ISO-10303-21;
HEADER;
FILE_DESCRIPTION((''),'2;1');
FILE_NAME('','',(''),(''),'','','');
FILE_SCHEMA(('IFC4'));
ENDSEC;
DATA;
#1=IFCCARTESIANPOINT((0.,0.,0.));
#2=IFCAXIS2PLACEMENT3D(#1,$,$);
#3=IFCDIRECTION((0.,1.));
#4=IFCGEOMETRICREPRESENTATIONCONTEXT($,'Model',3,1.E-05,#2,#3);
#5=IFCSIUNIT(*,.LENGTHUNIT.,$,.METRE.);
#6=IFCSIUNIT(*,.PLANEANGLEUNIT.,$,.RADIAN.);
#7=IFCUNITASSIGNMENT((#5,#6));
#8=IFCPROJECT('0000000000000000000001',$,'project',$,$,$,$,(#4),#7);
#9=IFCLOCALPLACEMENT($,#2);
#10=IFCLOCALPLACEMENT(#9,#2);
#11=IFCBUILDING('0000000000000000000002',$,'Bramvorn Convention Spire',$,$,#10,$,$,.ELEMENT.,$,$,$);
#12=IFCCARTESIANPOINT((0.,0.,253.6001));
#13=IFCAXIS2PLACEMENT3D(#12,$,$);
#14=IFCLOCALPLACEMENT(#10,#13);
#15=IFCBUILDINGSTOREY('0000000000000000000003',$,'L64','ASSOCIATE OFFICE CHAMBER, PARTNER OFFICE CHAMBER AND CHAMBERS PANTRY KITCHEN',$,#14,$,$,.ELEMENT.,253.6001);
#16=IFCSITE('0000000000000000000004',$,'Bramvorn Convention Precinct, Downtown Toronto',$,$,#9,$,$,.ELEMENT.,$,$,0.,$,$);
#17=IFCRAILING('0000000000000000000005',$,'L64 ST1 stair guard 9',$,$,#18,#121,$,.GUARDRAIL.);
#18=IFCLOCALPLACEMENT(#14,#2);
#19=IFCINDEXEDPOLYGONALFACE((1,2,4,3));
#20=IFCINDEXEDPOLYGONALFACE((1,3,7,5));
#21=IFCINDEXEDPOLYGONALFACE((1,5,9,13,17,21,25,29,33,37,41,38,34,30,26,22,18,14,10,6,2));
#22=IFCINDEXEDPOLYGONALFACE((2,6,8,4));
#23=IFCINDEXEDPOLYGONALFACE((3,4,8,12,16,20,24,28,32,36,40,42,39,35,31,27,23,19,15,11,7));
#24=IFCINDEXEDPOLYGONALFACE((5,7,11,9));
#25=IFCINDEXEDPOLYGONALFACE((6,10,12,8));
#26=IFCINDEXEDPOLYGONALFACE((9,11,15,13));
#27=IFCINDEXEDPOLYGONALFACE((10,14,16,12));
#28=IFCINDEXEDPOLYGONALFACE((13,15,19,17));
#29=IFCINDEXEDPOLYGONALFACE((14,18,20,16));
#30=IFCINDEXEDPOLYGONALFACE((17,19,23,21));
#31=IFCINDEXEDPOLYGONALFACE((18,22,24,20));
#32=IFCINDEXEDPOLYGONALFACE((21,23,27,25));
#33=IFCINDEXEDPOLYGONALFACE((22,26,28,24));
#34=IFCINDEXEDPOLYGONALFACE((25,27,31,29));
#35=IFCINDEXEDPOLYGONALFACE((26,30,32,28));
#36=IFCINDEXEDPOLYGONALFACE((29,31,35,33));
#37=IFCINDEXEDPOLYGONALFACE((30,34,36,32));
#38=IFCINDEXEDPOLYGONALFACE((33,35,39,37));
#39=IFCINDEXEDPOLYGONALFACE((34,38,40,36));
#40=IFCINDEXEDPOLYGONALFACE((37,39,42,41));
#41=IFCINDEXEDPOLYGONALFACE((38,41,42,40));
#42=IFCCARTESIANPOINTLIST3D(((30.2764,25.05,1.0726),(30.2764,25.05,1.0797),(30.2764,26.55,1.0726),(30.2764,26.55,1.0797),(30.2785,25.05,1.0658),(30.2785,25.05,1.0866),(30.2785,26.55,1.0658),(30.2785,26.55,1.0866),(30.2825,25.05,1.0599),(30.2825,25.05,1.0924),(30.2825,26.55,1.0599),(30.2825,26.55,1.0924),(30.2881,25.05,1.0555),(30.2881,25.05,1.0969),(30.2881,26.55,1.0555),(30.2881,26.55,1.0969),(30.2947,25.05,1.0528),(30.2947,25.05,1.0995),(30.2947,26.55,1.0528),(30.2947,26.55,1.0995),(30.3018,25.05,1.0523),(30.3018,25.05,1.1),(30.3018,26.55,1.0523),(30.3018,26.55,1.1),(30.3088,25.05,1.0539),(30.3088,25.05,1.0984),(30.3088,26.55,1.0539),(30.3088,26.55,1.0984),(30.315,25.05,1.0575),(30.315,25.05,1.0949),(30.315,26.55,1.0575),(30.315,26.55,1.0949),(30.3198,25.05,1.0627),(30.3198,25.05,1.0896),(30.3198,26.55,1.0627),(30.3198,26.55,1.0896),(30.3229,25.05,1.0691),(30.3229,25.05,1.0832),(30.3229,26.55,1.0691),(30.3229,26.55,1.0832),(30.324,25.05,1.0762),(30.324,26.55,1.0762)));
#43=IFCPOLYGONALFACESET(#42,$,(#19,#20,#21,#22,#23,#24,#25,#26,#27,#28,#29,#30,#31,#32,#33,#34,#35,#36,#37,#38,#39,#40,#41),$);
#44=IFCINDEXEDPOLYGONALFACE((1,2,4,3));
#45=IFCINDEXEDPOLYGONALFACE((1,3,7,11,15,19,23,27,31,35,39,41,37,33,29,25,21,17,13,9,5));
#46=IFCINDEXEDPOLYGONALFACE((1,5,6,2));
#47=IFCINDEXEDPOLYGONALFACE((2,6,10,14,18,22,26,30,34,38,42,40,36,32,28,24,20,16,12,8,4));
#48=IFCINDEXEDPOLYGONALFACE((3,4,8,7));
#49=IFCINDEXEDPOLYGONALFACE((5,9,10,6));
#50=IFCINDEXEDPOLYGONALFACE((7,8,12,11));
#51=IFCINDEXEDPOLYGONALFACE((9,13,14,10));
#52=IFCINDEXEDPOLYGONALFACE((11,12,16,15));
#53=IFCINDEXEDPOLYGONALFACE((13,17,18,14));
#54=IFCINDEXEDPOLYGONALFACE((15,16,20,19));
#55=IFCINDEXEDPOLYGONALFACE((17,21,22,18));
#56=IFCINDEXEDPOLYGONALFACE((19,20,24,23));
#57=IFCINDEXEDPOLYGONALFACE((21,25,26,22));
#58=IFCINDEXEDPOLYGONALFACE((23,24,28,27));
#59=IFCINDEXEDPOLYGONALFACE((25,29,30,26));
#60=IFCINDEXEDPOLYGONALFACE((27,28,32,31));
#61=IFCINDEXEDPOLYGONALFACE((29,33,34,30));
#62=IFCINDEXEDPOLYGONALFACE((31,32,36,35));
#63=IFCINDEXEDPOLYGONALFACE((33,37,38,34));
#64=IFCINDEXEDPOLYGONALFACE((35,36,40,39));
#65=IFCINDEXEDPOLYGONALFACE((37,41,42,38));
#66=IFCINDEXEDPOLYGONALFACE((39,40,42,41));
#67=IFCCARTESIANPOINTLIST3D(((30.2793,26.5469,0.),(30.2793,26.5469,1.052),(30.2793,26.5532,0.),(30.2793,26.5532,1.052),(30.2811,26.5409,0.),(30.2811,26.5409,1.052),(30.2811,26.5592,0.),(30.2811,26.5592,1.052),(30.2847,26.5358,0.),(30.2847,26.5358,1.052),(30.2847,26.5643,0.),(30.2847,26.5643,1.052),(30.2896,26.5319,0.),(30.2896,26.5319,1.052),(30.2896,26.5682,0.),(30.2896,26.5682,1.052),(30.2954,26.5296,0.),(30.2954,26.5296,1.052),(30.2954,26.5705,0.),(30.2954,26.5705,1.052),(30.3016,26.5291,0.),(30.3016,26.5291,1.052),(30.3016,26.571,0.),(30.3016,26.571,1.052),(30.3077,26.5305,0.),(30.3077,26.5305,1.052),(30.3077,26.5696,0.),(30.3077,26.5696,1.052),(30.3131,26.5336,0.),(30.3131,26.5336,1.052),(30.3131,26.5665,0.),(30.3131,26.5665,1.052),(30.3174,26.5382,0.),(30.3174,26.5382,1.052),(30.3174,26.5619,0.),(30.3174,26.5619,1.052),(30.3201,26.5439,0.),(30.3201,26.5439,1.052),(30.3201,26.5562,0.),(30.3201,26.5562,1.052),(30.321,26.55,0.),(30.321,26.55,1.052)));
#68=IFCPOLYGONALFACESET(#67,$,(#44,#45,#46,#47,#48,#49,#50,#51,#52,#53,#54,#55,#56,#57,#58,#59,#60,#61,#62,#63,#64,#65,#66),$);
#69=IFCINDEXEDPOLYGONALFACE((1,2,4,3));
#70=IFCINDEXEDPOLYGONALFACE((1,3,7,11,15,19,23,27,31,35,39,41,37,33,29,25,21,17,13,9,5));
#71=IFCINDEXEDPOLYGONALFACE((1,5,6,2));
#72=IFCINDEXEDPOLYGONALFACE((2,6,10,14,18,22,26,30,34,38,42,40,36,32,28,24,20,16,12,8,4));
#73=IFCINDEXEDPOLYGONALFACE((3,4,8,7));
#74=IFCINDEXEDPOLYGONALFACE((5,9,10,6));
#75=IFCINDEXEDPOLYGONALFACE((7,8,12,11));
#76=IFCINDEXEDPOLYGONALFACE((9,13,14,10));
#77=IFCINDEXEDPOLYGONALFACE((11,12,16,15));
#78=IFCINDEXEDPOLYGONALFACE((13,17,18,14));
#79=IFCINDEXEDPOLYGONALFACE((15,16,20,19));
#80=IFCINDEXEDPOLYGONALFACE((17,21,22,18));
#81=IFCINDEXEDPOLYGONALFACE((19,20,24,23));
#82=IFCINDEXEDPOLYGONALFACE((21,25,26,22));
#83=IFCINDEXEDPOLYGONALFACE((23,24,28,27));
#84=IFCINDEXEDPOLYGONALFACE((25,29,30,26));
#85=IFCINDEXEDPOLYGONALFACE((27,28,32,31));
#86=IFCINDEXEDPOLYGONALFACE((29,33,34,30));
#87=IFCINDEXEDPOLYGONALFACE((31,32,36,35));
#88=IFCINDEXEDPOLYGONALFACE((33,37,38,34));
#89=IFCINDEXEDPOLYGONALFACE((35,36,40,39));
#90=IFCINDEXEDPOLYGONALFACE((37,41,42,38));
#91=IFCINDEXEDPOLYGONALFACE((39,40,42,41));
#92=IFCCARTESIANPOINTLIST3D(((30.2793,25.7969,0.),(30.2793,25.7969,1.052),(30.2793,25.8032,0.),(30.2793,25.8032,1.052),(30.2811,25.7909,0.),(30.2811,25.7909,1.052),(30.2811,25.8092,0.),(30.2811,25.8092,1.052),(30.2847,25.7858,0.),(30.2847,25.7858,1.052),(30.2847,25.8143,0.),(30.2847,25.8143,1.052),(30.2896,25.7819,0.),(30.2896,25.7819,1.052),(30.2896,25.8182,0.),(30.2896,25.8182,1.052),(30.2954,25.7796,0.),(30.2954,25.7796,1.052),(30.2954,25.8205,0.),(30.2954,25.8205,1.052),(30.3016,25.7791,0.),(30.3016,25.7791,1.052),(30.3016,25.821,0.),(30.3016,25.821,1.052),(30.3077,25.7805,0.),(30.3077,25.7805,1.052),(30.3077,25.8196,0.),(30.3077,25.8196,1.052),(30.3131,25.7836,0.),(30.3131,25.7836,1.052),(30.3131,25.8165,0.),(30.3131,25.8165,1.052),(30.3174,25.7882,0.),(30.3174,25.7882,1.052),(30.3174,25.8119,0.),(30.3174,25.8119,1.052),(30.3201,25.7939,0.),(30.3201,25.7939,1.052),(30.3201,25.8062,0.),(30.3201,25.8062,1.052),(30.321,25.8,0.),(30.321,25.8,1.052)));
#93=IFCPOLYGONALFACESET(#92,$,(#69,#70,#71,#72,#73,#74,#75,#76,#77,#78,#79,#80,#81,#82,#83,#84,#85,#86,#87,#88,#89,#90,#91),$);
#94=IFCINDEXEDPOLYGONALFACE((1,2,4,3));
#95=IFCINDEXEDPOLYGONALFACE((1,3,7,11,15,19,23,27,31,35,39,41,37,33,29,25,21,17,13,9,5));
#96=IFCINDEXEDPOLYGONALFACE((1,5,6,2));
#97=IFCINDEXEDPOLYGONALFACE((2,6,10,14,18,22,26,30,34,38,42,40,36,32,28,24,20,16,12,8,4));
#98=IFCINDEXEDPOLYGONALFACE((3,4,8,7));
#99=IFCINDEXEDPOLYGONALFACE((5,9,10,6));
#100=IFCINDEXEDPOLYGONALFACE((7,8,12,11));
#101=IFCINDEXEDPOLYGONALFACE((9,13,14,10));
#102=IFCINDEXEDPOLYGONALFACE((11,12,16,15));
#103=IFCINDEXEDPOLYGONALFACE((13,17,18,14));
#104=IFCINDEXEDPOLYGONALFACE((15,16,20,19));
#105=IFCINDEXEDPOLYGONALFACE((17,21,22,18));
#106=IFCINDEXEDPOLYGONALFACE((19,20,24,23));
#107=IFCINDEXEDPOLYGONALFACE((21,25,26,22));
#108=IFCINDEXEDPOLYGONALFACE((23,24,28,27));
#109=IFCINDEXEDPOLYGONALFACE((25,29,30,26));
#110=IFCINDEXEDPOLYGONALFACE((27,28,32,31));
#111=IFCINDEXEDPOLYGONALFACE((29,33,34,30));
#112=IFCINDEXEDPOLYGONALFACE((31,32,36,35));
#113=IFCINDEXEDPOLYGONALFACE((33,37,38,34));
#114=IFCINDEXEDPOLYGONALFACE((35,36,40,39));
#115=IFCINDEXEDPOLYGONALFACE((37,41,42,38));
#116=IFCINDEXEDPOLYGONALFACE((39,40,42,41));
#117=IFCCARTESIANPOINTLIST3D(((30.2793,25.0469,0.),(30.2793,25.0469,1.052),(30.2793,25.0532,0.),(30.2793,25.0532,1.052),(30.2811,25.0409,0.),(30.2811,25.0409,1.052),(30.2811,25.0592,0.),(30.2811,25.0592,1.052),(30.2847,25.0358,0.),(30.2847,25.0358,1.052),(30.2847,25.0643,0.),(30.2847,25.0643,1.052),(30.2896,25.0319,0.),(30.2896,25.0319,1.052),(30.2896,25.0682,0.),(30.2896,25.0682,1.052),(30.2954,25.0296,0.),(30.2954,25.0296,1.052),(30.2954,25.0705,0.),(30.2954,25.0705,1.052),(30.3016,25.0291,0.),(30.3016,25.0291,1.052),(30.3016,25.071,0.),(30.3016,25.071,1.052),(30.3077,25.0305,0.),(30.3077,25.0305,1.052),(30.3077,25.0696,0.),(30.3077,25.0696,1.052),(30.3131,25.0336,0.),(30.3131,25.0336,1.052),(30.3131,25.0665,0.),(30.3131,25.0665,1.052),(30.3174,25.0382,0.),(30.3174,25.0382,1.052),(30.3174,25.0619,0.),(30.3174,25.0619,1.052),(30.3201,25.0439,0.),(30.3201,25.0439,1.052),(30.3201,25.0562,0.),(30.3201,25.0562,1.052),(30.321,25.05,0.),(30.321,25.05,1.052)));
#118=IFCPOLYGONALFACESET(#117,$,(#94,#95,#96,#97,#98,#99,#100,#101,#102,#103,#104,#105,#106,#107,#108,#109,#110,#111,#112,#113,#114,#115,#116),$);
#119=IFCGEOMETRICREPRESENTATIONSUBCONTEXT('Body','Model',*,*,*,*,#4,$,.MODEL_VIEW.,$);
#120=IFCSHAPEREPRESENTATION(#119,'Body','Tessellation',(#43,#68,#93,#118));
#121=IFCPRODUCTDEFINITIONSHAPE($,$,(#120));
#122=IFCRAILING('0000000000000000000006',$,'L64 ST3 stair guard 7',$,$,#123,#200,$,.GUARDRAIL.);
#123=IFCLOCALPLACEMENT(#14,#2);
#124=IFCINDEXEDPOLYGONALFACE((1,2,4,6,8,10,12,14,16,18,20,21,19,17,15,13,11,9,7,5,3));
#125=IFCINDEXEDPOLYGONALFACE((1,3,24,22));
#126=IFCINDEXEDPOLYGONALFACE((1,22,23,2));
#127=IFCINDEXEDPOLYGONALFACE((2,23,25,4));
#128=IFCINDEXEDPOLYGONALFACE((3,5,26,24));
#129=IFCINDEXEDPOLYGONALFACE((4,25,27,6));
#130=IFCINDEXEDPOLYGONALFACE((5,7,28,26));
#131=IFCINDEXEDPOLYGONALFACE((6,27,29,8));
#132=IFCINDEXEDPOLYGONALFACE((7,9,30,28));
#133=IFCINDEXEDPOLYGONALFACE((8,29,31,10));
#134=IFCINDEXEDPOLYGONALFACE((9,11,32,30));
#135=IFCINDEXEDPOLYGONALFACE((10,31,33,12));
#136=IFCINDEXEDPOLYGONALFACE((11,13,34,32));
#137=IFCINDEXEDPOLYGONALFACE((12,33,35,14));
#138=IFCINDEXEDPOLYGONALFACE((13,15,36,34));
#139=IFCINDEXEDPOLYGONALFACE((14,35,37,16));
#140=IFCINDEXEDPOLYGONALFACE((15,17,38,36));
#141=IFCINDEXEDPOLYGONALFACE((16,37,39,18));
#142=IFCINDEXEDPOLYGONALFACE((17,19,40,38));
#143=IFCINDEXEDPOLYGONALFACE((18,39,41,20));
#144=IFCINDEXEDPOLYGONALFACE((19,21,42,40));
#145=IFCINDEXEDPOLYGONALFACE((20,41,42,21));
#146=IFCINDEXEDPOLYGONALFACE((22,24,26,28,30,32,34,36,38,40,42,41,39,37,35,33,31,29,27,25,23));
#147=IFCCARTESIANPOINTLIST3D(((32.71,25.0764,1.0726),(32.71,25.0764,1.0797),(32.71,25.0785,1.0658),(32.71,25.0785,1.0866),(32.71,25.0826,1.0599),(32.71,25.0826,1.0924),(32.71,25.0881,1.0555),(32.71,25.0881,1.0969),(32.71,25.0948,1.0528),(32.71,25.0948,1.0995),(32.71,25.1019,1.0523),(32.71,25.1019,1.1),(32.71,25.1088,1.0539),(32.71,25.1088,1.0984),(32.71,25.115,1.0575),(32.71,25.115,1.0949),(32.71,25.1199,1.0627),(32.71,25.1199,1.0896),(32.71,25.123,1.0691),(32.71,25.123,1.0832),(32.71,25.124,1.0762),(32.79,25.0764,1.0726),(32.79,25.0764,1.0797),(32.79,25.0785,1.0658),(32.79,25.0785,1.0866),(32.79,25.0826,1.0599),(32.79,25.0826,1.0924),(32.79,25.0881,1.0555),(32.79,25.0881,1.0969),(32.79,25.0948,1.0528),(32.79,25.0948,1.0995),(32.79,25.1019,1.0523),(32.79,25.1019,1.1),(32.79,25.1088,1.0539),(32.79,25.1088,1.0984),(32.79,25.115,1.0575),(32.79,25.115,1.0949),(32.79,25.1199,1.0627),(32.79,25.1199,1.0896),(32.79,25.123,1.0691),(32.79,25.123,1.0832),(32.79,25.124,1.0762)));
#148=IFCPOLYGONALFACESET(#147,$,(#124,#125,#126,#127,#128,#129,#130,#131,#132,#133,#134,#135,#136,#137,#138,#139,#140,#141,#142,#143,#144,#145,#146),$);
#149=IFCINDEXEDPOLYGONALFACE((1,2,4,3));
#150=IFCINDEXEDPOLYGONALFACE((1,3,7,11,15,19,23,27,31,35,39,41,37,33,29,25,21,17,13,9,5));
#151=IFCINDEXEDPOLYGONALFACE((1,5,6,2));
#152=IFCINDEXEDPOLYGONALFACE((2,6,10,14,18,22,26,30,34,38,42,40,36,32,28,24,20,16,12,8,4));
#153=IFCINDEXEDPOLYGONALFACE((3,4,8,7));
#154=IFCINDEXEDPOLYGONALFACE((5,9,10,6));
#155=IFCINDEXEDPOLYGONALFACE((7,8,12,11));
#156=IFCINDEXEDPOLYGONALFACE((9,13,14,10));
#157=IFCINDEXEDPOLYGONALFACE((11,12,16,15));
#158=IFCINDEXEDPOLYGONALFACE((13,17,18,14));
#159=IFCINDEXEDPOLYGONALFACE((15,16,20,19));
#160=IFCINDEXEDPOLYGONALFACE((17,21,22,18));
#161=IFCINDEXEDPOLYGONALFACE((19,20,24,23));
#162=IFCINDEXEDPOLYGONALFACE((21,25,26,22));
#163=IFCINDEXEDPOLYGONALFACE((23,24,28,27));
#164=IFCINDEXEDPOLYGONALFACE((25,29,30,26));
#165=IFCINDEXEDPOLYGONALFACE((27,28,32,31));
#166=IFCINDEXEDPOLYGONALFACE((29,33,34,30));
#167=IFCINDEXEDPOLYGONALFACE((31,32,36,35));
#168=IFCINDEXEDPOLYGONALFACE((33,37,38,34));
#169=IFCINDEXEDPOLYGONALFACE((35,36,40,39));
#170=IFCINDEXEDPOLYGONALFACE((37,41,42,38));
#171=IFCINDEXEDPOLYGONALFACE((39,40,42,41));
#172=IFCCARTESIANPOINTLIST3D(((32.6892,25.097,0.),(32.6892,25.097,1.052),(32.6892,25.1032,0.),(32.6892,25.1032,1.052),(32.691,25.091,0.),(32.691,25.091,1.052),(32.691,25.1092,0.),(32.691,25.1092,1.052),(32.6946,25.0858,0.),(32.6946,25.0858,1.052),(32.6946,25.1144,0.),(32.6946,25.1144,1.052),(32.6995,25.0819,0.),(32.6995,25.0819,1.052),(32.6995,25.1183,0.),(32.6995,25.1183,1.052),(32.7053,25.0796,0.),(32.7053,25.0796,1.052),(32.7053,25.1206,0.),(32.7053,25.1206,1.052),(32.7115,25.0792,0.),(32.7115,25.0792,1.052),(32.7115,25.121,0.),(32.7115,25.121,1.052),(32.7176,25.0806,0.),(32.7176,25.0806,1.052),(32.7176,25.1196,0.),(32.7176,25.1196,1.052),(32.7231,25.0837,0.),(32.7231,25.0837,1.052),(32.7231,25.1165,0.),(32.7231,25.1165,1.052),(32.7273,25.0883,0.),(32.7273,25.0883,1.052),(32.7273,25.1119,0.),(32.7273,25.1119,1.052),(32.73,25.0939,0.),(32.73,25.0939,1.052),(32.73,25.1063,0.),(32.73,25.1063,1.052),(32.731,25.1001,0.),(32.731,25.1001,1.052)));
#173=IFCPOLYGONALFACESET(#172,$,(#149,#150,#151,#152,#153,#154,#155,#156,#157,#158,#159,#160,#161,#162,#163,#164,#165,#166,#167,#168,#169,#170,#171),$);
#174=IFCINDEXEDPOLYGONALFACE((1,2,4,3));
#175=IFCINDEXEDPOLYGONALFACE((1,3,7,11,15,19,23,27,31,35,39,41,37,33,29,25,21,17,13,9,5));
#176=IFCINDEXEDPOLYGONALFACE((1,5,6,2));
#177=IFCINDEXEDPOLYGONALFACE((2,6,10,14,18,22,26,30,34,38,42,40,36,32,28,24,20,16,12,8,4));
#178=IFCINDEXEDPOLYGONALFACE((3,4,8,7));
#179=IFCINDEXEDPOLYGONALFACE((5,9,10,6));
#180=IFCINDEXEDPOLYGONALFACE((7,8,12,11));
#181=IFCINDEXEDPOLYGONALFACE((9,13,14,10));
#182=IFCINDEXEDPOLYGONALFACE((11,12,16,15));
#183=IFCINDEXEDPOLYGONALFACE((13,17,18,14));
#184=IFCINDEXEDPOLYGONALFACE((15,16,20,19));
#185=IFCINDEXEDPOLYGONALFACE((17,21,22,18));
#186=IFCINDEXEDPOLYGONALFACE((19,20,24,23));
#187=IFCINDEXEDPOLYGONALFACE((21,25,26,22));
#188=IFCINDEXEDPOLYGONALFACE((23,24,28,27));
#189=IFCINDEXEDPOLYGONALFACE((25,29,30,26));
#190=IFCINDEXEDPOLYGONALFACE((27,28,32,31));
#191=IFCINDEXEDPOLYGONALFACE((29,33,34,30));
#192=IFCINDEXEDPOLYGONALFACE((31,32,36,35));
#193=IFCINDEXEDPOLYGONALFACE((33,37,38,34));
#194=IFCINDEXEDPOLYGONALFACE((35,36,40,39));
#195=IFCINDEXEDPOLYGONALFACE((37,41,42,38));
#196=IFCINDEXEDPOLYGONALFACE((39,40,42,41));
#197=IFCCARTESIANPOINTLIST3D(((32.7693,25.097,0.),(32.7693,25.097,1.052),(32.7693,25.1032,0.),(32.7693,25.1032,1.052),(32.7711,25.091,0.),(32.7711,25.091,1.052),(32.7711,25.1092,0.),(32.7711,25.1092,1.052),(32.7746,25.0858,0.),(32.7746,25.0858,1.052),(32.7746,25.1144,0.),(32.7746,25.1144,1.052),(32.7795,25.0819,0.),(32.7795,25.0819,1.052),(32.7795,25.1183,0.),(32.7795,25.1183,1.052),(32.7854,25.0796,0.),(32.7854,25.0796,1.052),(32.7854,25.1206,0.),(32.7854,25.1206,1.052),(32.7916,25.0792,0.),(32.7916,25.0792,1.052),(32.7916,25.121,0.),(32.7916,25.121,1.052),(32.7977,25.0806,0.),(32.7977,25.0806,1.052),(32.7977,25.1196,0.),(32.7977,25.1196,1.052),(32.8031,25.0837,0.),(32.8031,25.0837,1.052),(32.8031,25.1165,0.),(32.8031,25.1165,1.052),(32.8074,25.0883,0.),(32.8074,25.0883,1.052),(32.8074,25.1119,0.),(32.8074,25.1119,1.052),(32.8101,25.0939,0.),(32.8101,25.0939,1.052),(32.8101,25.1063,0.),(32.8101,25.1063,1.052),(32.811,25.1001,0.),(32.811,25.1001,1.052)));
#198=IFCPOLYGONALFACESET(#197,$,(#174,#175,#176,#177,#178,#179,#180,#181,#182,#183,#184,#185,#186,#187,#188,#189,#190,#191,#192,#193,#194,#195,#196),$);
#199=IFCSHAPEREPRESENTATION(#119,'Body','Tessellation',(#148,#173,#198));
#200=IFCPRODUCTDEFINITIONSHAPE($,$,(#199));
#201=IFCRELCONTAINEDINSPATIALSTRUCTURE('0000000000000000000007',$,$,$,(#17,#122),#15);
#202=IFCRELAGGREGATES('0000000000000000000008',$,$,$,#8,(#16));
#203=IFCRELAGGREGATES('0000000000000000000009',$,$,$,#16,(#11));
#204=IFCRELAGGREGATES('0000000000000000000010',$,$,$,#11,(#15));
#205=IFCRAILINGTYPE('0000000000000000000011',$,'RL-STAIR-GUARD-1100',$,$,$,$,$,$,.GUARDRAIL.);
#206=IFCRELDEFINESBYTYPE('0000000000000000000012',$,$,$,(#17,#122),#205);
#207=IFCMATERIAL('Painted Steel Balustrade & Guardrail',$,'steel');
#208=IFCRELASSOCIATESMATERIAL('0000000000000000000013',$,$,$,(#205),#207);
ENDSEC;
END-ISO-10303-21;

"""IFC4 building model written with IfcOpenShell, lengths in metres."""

from ifc_helpers import new_model, si_unit, direction, frame, origin, origin_2d, place, context, subcontext, project, spatial, circle, extrude, material, type_object, element, save


model = new_model("IFC4")

# Units and contexts
model_context = context("Model", 3, precision=1e-05, world=origin(), true_north=direction((0.0, 1.0)))
body_context = subcontext(model_context, "Body", "Model", "MODEL_VIEW")
ifc_project = project(units=[si_unit("LENGTHUNIT", "METRE"), si_unit("PLANEANGLEUNIT", "RADIAN")], contexts=[model_context])

# Site, building, storey
site_placement = place(None, origin())
site = spatial("IfcSite", under=ifc_project, at=site_placement, Name="Bramvorn Convention Precinct, Downtown Toronto", CompositionType="ELEMENT", RefElevation=0.0)
building_placement = place(site_placement, origin())
building = spatial("IfcBuilding", under=site, at=building_placement, Name="Bramvorn Convention Spire", CompositionType="ELEMENT")
storey_placement = place(building_placement, frame((0.0, 0.0, 253.6001)))
storey = spatial("IfcBuildingStorey", under=building, at=storey_placement, Name="L64", Description="ASSOCIATE OFFICE CHAMBER, PARTNER OFFICE CHAMBER AND CHAMBERS PANTRY KITCHEN", CompositionType="ELEMENT", Elevation=253.6001)

# Railings
ifc_material_1 = material(Name="Painted Steel Balustrade & Guardrail", Category="steel")
railing_type = type_object("IfcRailingType", Name="RL-STAIR-GUARD-1100", PredefinedType="GUARDRAIL", material=ifc_material_1)
for number, where, name in (
    (1, (30.3, 26.55, 0.0), "L64 ST1 stair guard 9"),
):
    element("IfcRailing", number, at=place(storey_placement, frame(where)), inside=storey, type_object=railing_type, Name=name, PredefinedType="GUARDRAIL", context=body_context, shape_type="SweptSolid", body=[
        extrude(circle(Radius=0.0239, at=origin_2d()), frame((0.0, 0.0, 1.0762), z_axis=(0.0, -1.0, 0.0), x_axis=(1.0, 0.0, 0.0)), (0.0, 0.0, 1.0), 1.5),
        extrude(circle(Radius=0.021, at=origin_2d()), origin(), (0.0, 0.0, 1.0), 1.052),
        extrude(circle(Radius=0.021, at=origin_2d()), frame((0.0, -0.75, 0.0)), (0.0, 0.0, 1.0), 1.052),
        extrude(circle(Radius=0.021, at=origin_2d()), frame((0.0, -1.5, 0.0)), (0.0, 0.0, 1.0), 1.052),
    ])
railing_1_placement = place(storey_placement, frame((32.71, 25.1001, 0.0)))
element("IfcRailing", 2, at=railing_1_placement, inside=storey, type_object=railing_type, Name="L64 ST3 stair guard 7", PredefinedType="GUARDRAIL", context=body_context, shape_type="SweptSolid", body=[
    extrude(circle(Radius=0.0239, at=origin_2d()), frame((0.0, 0.0, 1.0762), z_axis=(1.0, 0.0, 0.0), x_axis=(0.0, 1.0, 0.0)), (0.0, 0.0, 1.0), 0.0801),
    extrude(circle(Radius=0.021, at=origin_2d()), origin(), (0.0, 0.0, 1.0), 1.052),
    extrude(circle(Radius=0.021, at=origin_2d()), frame((0.0801, 0.0, 0.0)), (0.0, 0.0, 1.0), 1.052),
])

save(model, "model.ifc")
